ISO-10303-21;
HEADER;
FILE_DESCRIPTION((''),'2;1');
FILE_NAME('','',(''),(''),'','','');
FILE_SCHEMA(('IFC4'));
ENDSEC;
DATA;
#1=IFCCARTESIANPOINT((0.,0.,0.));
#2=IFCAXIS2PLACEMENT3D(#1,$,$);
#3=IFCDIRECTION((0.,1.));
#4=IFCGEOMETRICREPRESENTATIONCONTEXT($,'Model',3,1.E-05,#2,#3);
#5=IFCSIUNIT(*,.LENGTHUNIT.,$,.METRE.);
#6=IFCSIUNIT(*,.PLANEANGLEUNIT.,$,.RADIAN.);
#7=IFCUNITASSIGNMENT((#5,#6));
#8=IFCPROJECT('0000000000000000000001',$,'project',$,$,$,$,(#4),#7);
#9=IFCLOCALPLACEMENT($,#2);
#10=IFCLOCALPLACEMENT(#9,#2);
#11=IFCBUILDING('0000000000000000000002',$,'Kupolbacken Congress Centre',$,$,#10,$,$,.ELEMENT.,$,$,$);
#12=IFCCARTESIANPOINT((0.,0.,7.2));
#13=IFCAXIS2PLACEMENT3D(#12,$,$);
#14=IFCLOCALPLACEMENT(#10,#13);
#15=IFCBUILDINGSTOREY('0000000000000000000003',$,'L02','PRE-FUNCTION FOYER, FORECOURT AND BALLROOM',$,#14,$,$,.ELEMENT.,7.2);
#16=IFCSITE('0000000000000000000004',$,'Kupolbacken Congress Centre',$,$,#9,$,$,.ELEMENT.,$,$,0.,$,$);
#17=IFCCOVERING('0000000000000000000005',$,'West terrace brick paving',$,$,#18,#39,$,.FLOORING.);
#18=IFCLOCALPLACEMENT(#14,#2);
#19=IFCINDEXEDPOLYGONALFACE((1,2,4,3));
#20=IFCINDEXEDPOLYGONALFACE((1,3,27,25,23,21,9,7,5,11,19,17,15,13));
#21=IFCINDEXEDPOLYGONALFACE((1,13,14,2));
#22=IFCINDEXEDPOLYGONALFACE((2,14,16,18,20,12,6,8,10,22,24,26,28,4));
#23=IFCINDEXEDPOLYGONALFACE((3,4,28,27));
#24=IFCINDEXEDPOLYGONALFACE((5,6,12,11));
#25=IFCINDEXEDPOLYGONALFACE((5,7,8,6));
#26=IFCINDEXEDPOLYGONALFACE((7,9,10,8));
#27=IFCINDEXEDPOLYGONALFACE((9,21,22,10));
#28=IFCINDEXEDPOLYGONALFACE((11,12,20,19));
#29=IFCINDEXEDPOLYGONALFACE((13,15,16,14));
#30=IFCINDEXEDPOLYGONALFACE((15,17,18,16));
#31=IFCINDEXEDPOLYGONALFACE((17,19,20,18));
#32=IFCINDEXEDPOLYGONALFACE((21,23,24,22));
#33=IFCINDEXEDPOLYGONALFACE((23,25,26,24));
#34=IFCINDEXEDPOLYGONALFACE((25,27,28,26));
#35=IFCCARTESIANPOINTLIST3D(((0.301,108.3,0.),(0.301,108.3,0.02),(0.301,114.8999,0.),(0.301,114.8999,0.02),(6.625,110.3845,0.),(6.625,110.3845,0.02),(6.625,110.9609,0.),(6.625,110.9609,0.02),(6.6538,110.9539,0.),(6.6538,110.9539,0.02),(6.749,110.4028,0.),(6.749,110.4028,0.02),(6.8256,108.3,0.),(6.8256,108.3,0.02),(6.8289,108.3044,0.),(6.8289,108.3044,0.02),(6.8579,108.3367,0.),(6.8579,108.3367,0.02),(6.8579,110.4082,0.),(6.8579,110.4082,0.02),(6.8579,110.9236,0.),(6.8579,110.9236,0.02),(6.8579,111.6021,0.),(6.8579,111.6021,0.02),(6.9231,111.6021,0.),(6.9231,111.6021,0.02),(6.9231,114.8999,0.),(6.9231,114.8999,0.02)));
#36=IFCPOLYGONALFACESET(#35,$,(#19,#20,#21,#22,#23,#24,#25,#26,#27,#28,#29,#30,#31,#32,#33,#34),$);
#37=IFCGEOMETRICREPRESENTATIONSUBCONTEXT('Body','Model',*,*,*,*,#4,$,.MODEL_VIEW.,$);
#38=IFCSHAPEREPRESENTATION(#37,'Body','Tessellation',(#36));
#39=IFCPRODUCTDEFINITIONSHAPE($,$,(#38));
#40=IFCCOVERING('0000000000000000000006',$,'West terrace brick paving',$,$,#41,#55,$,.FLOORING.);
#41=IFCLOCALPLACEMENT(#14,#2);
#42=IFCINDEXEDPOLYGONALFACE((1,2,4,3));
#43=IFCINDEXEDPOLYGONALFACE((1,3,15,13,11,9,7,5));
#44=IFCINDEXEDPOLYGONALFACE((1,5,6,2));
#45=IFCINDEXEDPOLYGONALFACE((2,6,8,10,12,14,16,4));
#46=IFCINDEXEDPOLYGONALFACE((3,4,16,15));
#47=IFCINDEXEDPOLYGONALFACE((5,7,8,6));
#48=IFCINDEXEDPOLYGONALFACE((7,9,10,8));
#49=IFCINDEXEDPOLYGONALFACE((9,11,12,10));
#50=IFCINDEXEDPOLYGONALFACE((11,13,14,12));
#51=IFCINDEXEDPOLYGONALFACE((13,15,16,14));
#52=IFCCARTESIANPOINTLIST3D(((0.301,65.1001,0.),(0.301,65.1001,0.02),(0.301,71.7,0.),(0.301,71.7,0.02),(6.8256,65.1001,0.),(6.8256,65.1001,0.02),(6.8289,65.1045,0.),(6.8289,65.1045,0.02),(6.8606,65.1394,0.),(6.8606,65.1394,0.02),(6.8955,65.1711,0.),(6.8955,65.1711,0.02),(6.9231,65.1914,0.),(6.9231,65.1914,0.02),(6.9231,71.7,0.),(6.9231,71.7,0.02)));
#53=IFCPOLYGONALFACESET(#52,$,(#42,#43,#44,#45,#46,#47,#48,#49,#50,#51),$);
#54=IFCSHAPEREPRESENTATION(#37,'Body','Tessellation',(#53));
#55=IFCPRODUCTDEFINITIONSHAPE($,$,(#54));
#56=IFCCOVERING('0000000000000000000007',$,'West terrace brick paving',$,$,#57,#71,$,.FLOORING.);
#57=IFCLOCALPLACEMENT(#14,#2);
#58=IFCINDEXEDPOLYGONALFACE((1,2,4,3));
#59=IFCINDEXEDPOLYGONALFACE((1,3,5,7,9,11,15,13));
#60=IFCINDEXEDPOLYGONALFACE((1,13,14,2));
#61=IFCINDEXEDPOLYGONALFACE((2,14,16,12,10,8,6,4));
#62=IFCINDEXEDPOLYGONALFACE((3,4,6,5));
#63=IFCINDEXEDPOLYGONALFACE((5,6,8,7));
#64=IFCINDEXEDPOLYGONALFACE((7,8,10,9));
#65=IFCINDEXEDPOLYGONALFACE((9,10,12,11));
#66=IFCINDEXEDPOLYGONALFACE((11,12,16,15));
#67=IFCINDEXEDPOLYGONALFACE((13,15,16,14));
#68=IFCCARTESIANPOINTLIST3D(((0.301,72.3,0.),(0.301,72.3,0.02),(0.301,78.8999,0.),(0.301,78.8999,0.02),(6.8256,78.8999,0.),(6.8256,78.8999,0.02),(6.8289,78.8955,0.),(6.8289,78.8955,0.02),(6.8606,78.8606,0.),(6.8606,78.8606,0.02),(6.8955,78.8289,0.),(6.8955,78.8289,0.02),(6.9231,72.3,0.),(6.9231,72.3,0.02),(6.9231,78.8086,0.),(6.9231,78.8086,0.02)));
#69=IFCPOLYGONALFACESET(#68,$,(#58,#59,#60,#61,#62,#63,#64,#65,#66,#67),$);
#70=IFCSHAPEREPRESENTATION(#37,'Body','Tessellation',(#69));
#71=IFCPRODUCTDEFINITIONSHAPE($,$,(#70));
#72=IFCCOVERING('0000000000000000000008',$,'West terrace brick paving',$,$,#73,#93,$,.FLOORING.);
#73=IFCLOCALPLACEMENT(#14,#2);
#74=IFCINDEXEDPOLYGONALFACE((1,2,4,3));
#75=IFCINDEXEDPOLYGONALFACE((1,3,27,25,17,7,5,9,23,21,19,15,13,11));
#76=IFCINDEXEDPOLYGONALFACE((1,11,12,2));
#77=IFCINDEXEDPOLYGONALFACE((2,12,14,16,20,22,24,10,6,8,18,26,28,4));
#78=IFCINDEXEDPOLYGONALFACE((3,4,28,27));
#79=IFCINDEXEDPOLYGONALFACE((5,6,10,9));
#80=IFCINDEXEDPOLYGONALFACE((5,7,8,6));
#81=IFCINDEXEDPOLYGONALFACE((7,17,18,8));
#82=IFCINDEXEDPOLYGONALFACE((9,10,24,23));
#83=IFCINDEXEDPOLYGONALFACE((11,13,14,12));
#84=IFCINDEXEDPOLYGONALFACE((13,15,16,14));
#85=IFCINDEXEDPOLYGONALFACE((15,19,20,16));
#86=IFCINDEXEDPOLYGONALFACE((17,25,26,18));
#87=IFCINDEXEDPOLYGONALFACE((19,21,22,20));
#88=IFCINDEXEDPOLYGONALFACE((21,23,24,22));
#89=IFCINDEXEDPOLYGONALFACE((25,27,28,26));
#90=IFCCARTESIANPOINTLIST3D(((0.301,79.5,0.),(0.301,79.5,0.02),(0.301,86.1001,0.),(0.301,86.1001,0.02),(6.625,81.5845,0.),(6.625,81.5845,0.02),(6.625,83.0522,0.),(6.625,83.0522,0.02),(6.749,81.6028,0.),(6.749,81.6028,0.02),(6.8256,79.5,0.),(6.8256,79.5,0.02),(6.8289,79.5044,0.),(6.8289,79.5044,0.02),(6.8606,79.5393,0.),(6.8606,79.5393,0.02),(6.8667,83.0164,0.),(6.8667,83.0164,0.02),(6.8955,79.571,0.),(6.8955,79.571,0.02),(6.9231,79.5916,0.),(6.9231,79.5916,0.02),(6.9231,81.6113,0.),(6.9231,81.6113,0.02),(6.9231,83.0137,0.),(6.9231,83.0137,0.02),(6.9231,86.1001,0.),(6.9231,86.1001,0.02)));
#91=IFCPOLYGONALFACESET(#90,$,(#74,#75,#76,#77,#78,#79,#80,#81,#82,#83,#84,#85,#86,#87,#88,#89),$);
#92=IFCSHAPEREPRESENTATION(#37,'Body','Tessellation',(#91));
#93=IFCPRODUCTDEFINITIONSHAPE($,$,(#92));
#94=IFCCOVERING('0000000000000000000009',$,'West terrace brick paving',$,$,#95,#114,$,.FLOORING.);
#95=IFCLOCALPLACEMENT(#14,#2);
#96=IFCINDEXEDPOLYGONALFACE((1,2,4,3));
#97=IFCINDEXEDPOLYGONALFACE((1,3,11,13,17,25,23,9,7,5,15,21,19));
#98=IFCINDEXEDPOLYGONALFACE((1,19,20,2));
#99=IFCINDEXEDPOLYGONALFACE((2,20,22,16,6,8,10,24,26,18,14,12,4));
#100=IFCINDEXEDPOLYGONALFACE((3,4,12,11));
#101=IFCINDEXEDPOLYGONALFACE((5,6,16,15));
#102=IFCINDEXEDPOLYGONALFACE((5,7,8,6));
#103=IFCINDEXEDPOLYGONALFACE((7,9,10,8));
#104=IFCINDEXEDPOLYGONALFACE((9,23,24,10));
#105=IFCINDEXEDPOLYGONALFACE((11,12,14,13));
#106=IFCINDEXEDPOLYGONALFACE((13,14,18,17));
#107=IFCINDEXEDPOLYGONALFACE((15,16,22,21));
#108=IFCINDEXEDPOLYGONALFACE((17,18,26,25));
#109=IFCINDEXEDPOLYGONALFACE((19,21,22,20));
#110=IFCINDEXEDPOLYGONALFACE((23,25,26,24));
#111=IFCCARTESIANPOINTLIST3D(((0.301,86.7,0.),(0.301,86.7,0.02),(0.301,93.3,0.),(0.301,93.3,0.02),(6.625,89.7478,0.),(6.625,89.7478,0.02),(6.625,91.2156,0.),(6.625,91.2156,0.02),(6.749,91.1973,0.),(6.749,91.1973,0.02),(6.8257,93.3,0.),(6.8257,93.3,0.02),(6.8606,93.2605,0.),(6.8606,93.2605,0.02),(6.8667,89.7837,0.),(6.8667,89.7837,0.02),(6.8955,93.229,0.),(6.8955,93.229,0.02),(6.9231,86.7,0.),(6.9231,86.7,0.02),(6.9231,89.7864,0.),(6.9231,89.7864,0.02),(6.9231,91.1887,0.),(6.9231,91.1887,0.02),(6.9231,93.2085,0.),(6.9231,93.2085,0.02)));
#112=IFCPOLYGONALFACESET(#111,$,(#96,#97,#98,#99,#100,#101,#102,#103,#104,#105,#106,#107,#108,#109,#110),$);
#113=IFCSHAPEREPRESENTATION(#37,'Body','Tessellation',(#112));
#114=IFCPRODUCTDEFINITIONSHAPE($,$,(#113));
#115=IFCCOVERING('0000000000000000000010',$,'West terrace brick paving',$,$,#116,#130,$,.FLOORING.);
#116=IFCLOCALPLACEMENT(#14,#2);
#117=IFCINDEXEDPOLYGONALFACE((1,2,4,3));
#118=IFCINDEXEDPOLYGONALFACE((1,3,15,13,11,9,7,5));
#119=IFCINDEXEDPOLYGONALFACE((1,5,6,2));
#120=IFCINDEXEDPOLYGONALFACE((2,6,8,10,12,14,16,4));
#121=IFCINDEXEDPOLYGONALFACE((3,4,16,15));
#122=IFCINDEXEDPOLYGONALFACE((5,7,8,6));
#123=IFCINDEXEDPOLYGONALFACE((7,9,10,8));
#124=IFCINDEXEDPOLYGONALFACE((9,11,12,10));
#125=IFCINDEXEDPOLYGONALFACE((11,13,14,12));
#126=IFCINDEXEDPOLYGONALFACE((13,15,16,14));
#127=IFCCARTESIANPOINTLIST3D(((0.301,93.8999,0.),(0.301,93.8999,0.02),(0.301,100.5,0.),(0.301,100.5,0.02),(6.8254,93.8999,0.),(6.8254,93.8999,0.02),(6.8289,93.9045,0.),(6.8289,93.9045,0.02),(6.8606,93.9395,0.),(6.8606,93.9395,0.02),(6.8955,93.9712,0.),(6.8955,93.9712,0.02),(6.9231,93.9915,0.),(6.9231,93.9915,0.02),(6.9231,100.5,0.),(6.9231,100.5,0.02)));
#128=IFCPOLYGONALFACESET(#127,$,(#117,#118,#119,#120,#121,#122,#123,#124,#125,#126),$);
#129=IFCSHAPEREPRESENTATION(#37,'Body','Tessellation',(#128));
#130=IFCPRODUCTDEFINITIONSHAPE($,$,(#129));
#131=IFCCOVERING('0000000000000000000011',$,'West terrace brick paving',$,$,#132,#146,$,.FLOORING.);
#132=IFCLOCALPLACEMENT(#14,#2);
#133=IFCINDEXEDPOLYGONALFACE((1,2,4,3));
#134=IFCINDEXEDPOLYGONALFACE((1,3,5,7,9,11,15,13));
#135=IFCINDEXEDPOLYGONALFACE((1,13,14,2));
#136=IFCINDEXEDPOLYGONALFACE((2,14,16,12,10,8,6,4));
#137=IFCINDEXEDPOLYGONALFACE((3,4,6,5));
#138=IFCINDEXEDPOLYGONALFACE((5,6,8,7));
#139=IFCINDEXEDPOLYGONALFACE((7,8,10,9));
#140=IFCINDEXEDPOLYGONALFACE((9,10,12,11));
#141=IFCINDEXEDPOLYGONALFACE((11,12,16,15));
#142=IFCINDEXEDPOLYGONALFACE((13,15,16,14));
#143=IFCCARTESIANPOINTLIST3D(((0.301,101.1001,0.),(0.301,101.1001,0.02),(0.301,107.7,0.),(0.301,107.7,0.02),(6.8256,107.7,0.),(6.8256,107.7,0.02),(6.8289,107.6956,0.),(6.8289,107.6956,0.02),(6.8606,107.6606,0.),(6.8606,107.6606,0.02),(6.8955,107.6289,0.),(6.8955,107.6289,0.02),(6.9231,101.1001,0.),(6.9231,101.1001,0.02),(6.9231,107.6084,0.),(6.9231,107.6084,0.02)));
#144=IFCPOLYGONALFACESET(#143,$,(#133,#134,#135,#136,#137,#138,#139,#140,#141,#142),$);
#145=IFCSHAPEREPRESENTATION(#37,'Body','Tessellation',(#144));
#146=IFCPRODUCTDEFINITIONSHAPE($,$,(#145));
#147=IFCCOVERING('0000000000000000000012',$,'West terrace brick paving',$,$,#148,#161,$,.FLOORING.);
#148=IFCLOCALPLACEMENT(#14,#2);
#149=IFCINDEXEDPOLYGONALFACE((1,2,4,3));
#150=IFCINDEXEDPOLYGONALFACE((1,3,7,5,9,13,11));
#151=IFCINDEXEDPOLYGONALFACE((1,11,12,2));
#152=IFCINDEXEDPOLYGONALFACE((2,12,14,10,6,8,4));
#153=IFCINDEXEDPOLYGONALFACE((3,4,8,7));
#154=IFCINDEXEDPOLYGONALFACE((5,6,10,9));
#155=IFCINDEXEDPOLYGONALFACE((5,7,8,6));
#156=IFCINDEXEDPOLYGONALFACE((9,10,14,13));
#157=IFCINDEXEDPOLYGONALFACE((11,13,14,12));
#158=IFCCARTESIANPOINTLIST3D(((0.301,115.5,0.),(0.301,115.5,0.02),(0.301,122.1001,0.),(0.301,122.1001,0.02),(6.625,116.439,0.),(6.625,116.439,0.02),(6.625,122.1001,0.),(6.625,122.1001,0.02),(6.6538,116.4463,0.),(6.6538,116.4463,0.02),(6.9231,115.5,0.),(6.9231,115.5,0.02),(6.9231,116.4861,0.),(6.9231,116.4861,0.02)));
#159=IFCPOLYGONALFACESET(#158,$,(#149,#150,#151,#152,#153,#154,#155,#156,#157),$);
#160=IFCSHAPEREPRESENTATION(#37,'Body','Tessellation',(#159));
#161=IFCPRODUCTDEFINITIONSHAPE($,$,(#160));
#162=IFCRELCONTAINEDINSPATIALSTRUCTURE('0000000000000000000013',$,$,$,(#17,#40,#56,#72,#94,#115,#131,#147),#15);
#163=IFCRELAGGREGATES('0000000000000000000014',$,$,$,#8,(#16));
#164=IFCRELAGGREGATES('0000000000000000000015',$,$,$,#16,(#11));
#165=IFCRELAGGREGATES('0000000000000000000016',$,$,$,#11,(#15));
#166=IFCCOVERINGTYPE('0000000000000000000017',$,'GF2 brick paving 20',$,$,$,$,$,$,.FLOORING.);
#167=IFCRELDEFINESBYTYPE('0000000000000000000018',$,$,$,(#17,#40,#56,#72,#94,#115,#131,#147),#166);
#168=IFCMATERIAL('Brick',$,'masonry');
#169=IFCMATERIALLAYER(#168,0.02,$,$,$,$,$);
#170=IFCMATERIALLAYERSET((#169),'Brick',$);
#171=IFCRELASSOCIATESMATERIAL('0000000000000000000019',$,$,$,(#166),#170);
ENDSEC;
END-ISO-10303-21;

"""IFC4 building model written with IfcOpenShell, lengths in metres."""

from ifc_helpers import new_model, si_unit, direction, frame, origin, place, context, subcontext, project, spatial, polyline, outline, extrude, material, layer, layer_set, type_object, element, save


model = new_model("IFC4")

# Units and contexts
model_context = context("Model", 3, precision=1e-05, world=origin(), true_north=direction((0.0, 1.0)))
body_context = subcontext(model_context, "Body", "Model", "MODEL_VIEW")
ifc_project = project(units=[si_unit("LENGTHUNIT", "METRE"), si_unit("PLANEANGLEUNIT", "RADIAN")], contexts=[model_context])

# Site, building, storey
site_placement = place(None, origin())
site = spatial("IfcSite", under=ifc_project, at=site_placement, Name="Kupolbacken Congress Centre", CompositionType="ELEMENT", RefElevation=0.0)
building_placement = place(site_placement, origin())
building = spatial("IfcBuilding", under=site, at=building_placement, Name="Kupolbacken Congress Centre", CompositionType="ELEMENT")
storey_placement = place(building_placement, frame((0.0, 0.0, 7.2)))
storey = spatial("IfcBuildingStorey", under=building, at=storey_placement, Name="L02", Description="PRE-FUNCTION FOYER, FORECOURT AND BALLROOM", CompositionType="ELEMENT", Elevation=7.2)

# Coverings
ifc_material_1 = material(Name="Brick", Category="masonry")
ifc_layer_1 = layer(ifc_material_1, 0.02)
ifc_layer_set_1 = layer_set([ifc_layer_1], Name="Brick")
covering_type_1 = type_object("IfcCoveringType", Name="GF2 brick paving 20", PredefinedType="FLOORING", material=ifc_layer_set_1)
covering_1_placement = place(storey_placement, origin())
element("IfcCovering", 1, at=covering_1_placement, inside=storey, type_object=covering_type_1, Name="West terrace brick paving", PredefinedType="FLOORING", context=body_context, shape_type="SweptSolid", body=[
    extrude(outline(polyline([(6.625, 110.3845), (6.749, 110.4028), (6.8579, 110.4082), (6.8579, 108.3367), (6.8289, 108.3044), (6.8008, 108.2666), (6.8257, 108.3), (0.301, 108.3), (0.301, 114.8999), (6.9231, 114.8999), (6.9231, 111.6021), (6.8579, 111.6021), (6.8579, 110.9236), (6.6538, 110.9539), (6.625, 110.9609), (6.625, 110.3845)])), origin(), (0.0, 0.0, 1.0), 0.02),
])
covering_2_placement = place(storey_placement, origin())
element("IfcCovering", 2, at=covering_2_placement, inside=storey, type_object=covering_type_1, Name="West terrace brick paving", PredefinedType="FLOORING", context=body_context, shape_type="SweptSolid", body=[
    extrude(outline(polyline([(6.8289, 65.1045), (6.8008, 65.0667), (6.8257, 65.1001), (0.301, 65.1001), (0.301, 71.7), (6.9231, 71.7), (6.9231, 65.1914), (6.8955, 65.1711), (6.8606, 65.1394), (6.8289, 65.1045)])), origin(), (0.0, 0.0, 1.0), 0.02),
])
covering_3_placement = place(storey_placement, origin())
element("IfcCovering", 3, at=covering_3_placement, inside=storey, type_object=covering_type_1, Name="West terrace brick paving", PredefinedType="FLOORING", context=body_context, shape_type="SweptSolid", body=[
    extrude(outline(polyline([(6.9231, 72.3), (0.301, 72.3), (0.301, 78.8999), (6.8257, 78.8999), (6.8008, 78.9333), (6.8289, 78.8955), (6.8606, 78.8606), (6.8955, 78.8289), (6.9231, 78.8086), (6.9231, 72.3)])), origin(), (0.0, 0.0, 1.0), 0.02),
])
covering_4_placement = place(storey_placement, origin())
element("IfcCovering", 4, at=covering_4_placement, inside=storey, type_object=covering_type_1, Name="West terrace brick paving", PredefinedType="FLOORING", context=body_context, shape_type="SweptSolid", body=[
    extrude(outline(polyline([(6.749, 81.6028), (6.9231, 81.6113), (6.9231, 79.5916), (6.8955, 79.571), (6.8606, 79.5393), (6.8289, 79.5044), (6.8008, 79.4668), (6.8257, 79.5), (0.301, 79.5), (0.301, 86.1001), (6.9231, 86.1001), (6.9231, 83.0137), (6.8667, 83.0164), (6.625, 83.0522), (6.625, 81.5845), (6.749, 81.6028)])), origin(), (0.0, 0.0, 1.0), 0.02),
])
covering_5_placement = place(storey_placement, origin())
element("IfcCovering", 5, at=covering_5_placement, inside=storey, type_object=covering_type_1, Name="West terrace brick paving", PredefinedType="FLOORING", context=body_context, shape_type="SweptSolid", body=[
    extrude(outline(polyline([(6.9231, 91.1887), (6.749, 91.1973), (6.625, 91.2156), (6.625, 89.7478), (6.8667, 89.7837), (6.9231, 89.7864), (6.9231, 86.7), (0.301, 86.7), (0.301, 93.3), (6.8257, 93.3), (6.8606, 93.2605), (6.8955, 93.229), (6.9231, 93.2085), (6.9231, 91.1887)])), origin(), (0.0, 0.0, 1.0), 0.02),
])
covering_6_placement = place(storey_placement, origin())
element("IfcCovering", 6, at=covering_6_placement, inside=storey, type_object=covering_type_1, Name="West terrace brick paving", PredefinedType="FLOORING", context=body_context, shape_type="SweptSolid", body=[
    extrude(outline(polyline([(6.8008, 93.8667), (6.8257, 93.8999), (0.301, 93.8999), (0.301, 100.5), (6.9231, 100.5), (6.9231, 93.9915), (6.8955, 93.9712), (6.8606, 93.9395), (6.8289, 93.9045), (6.8008, 93.8667)])), origin(), (0.0, 0.0, 1.0), 0.02),
])
covering_7_placement = place(storey_placement, origin())
element("IfcCovering", 7, at=covering_7_placement, inside=storey, type_object=covering_type_1, Name="West terrace brick paving", PredefinedType="FLOORING", context=body_context, shape_type="SweptSolid", body=[
    extrude(outline(polyline([(6.9231, 101.1001), (0.301, 101.1001), (0.301, 107.7), (6.8257, 107.7), (6.8008, 107.7334), (6.8289, 107.6956), (6.8606, 107.6606), (6.8955, 107.6289), (6.9231, 107.6084), (6.9231, 101.1001)])), origin(), (0.0, 0.0, 1.0), 0.02),
])
covering_8_placement = place(storey_placement, origin())
element("IfcCovering", 8, at=covering_8_placement, inside=storey, type_object=covering_type_1, Name="West terrace brick paving", PredefinedType="FLOORING", context=body_context, shape_type="SweptSolid", body=[
    extrude(outline(polyline([(6.9231, 116.4861), (6.9231, 115.5), (0.301, 115.5), (0.301, 122.1001), (6.625, 122.1001), (6.625, 116.439), (6.6538, 116.4463), (6.9231, 116.4861)])), origin(), (0.0, 0.0, 1.0), 0.02),
])

save(model, "model.ifc")
